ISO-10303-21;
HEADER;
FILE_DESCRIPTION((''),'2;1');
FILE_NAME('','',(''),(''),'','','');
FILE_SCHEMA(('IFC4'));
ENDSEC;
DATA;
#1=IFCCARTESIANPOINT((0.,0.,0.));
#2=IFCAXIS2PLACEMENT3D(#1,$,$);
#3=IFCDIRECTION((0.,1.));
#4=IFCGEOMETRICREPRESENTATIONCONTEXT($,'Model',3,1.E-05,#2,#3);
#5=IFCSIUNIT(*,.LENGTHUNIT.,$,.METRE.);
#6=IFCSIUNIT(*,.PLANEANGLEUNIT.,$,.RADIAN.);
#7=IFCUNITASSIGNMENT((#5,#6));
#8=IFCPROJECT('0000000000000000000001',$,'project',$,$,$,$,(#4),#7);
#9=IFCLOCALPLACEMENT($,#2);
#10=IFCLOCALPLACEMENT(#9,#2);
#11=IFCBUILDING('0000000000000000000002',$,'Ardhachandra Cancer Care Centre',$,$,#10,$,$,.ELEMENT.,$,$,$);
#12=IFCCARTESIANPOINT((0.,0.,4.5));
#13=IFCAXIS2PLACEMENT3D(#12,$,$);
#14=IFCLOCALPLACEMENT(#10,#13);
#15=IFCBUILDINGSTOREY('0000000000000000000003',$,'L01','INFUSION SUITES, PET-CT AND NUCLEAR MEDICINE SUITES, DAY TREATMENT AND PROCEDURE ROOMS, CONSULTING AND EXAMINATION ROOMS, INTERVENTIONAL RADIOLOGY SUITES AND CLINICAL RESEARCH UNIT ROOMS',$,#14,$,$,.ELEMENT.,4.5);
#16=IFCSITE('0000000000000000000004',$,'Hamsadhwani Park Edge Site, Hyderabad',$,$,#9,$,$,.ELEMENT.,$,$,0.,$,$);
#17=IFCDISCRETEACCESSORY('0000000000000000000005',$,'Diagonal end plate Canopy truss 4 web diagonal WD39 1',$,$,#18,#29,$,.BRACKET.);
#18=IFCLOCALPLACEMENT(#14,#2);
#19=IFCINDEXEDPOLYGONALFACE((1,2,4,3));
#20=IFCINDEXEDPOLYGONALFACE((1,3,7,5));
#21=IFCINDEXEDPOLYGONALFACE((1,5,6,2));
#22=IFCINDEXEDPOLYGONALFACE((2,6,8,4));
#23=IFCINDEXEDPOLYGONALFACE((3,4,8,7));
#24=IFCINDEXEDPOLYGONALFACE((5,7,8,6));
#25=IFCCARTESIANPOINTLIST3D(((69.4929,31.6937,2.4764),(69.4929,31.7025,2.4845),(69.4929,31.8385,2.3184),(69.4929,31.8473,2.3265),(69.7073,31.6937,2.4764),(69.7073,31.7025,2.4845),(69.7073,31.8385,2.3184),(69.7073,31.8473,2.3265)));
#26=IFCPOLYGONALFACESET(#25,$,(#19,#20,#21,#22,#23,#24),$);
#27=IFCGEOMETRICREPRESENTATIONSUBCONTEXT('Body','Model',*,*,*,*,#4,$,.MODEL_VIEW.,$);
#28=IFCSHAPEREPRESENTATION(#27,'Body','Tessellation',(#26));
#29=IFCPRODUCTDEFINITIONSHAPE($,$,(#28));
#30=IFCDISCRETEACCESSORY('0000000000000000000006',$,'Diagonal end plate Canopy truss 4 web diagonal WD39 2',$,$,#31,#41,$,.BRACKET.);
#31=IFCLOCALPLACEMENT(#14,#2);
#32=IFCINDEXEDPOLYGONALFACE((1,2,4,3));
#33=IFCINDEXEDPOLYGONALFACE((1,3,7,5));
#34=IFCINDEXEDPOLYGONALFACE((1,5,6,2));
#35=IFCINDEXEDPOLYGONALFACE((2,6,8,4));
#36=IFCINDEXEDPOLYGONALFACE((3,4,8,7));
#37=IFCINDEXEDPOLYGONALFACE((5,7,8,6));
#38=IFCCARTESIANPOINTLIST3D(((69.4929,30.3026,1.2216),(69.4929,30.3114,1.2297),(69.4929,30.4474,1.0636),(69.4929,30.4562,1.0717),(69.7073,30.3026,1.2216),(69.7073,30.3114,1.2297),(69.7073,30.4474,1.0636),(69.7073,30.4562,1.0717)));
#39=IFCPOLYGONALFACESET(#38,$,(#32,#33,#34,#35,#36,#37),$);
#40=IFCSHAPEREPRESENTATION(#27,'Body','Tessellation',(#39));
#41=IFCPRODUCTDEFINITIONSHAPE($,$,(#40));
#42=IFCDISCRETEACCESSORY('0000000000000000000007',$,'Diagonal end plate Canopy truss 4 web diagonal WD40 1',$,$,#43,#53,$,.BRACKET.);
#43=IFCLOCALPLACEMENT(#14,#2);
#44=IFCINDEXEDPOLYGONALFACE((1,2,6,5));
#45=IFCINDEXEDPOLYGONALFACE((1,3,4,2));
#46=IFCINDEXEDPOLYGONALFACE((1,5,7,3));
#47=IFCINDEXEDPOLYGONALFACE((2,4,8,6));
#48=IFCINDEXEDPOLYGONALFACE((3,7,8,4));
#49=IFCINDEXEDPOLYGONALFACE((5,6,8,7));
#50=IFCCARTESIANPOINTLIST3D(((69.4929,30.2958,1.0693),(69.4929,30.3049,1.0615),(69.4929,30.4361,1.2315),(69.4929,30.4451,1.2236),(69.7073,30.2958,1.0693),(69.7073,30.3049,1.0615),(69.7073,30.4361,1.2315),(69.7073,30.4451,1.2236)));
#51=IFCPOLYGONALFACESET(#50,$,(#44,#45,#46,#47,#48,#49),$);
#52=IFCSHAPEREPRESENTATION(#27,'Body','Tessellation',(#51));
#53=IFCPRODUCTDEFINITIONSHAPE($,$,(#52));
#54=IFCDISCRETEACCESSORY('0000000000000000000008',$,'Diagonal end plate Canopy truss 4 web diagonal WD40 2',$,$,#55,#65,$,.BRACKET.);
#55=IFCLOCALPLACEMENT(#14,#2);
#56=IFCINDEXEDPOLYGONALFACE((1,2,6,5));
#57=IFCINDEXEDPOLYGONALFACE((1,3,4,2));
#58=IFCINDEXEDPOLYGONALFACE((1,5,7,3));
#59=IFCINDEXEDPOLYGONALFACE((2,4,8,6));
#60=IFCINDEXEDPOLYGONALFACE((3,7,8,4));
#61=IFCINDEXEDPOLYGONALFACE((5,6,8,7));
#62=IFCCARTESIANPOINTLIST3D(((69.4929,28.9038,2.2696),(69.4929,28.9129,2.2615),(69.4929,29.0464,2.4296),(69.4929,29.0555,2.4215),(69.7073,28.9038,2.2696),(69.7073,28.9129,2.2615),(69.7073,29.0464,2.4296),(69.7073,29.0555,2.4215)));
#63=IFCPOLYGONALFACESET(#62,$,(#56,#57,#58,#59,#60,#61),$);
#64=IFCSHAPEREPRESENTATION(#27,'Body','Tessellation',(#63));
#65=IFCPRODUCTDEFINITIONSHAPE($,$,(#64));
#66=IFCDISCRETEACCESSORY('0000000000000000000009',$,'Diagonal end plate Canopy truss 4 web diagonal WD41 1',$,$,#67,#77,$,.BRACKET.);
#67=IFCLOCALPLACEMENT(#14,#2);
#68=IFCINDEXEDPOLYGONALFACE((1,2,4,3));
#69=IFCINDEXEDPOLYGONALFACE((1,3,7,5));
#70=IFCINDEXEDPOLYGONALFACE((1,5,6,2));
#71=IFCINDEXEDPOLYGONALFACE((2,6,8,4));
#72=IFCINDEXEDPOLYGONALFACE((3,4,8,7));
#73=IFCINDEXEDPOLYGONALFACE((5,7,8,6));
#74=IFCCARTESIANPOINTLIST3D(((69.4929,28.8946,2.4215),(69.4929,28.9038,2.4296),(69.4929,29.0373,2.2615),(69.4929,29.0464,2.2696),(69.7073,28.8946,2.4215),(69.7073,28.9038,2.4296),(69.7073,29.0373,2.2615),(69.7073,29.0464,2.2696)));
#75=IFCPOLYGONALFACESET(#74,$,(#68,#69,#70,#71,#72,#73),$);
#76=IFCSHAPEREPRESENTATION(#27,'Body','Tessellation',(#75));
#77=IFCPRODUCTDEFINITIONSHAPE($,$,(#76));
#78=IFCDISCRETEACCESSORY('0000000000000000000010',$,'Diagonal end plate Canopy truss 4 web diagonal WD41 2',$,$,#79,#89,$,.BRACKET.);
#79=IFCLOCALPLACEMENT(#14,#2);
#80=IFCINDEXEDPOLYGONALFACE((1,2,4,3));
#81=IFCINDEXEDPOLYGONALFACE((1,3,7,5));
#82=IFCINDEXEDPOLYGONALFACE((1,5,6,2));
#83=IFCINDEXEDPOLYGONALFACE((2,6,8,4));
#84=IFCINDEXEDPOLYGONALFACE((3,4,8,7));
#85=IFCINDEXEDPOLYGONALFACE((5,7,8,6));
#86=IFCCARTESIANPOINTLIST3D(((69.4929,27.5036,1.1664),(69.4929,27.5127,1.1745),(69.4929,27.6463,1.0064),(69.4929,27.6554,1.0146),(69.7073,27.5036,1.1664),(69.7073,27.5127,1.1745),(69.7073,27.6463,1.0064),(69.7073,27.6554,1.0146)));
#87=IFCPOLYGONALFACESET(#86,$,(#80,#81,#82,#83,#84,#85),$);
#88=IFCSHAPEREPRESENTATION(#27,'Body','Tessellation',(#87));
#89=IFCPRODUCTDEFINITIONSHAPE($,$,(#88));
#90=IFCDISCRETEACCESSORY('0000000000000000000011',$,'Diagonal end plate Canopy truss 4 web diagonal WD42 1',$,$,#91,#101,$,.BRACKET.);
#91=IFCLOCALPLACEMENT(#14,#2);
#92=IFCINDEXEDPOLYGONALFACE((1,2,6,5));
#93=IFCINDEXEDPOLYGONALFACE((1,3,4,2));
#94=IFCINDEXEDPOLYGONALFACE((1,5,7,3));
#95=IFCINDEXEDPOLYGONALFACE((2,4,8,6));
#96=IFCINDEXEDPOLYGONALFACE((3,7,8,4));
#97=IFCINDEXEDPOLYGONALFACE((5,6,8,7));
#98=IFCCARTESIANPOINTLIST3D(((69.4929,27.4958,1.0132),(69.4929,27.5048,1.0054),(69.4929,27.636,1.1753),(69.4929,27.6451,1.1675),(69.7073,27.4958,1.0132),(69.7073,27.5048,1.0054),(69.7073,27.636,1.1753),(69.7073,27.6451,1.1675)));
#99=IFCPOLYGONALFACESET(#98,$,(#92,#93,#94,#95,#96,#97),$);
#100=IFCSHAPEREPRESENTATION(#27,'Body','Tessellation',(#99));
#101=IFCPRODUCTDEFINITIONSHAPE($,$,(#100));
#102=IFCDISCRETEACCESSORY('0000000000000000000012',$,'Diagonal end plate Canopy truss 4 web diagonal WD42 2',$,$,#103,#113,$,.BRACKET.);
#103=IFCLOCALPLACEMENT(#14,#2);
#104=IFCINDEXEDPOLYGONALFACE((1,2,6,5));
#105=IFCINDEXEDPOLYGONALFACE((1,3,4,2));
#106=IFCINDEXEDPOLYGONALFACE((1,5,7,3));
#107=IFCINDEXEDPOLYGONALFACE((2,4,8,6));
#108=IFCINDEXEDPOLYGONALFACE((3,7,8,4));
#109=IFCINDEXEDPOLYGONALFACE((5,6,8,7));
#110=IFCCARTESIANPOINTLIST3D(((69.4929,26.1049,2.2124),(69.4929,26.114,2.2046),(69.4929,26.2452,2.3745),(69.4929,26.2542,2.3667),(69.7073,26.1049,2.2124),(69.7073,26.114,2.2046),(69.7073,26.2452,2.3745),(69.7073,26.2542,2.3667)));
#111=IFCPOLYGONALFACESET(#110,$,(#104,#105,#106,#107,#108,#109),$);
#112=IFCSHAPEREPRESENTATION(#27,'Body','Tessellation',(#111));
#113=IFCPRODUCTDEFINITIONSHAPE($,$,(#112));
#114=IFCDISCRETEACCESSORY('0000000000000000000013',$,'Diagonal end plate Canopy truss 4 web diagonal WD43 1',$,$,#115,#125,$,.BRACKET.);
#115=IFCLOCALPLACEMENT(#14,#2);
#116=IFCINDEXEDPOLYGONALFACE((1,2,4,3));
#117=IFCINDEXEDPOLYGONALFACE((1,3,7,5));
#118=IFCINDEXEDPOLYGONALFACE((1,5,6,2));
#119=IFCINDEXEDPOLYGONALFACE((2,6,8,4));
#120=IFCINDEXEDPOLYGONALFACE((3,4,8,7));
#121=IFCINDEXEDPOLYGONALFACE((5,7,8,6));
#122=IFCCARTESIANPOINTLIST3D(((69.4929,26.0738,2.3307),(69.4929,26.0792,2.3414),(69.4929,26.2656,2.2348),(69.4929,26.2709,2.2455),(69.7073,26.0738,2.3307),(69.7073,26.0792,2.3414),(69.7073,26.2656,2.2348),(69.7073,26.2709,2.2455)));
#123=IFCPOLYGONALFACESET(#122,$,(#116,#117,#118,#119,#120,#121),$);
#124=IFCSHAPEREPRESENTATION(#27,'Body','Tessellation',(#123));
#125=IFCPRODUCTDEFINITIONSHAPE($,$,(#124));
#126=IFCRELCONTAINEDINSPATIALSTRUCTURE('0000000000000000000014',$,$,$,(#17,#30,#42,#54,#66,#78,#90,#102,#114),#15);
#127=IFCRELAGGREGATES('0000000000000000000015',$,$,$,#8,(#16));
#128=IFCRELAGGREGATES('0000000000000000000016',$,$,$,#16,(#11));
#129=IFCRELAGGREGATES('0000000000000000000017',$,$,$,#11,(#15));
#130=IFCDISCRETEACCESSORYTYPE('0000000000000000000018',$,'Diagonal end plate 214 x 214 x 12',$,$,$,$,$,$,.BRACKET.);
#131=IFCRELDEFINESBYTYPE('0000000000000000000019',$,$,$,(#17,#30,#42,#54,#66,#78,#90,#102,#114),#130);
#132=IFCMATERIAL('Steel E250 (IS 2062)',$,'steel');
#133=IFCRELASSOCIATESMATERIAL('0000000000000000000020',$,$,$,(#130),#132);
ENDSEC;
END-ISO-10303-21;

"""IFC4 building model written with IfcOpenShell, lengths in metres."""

from ifc_helpers import new_model, si_unit, direction, frame, origin, origin_2d, place, context, subcontext, project, spatial, rectangle, extrude, material, material_profile, profile_set, type_object, element, save


model = new_model("IFC4")

# Units and contexts
model_context = context("Model", 3, precision=1e-05, world=origin(), true_north=direction((0.0, 1.0)))
body_context = subcontext(model_context, "Body", "Model", "MODEL_VIEW")
ifc_project = project(units=[si_unit("LENGTHUNIT", "METRE"), si_unit("PLANEANGLEUNIT", "RADIAN")], contexts=[model_context])

# Site, building, storey
site_placement = place(None, origin())
site = spatial("IfcSite", under=ifc_project, at=site_placement, Name="Hamsadhwani Park Edge Site, Hyderabad", CompositionType="ELEMENT", RefElevation=0.0)
building_placement = place(site_placement, origin())
building = spatial("IfcBuilding", under=site, at=building_placement, Name="Ardhachandra Cancer Care Centre", CompositionType="ELEMENT")
storey_placement = place(building_placement, frame((0.0, 0.0, 4.5)))
storey = spatial("IfcBuildingStorey", under=building, at=storey_placement, Name="L01", Description="INFUSION SUITES, PET-CT AND NUCLEAR MEDICINE SUITES, DAY TREATMENT AND PROCEDURE ROOMS, CONSULTING AND EXAMINATION ROOMS, INTERVENTIONAL RADIOLOGY SUITES AND CLINICAL RESEARCH UNIT ROOMS", CompositionType="ELEMENT", Elevation=4.5)

# Discrete accessories
ifc_material_1 = material(Name="Steel E250 (IS 2062)", Category="steel")
ifc_material_profile_1 = material_profile(ifc_material_1, rectangle(XDim=0.2144, YDim=0.2144, at=origin_2d()), Name="PL 214x214x12")
ifc_profile_set_1 = profile_set([ifc_material_profile_1], Name="Steel E250 (IS 2062)")
discrete_accessory_type = type_object("IfcDiscreteAccessoryType", Name="Diagonal end plate 214 x 214 x 12", PredefinedType="BRACKET", material=ifc_profile_set_1)
for number, where, z_axis, x_axis, name in (
    (1, (69.6001, 31.7749, 2.4055), (0.0, -0.737154, -0.675725), (1.0, 0.0, 0.0), "Diagonal end plate Canopy truss 4 web diagonal WD39 1"),
    (2, (69.6001, 30.375, 1.1426), (0.0, 0.737154, 0.675725), (-1.0, 0.0, 0.0), "Diagonal end plate Canopy truss 4 web diagonal WD39 2"),
    (3, (69.6001, 30.375, 1.1426), (0.0, -0.756363, 0.654152), (1.0, 0.0, 0.0), "Diagonal end plate Canopy truss 4 web diagonal WD40 1"),
):
    element("IfcDiscreteAccessory", number, at=place(storey_placement, frame(where, z_axis=z_axis, x_axis=x_axis)), inside=storey, type_object=discrete_accessory_type, Name=name, PredefinedType="BRACKET", context=body_context, shape_type="SweptSolid", body=[
        extrude(rectangle(XDim=0.2144, YDim=0.2144, at=origin_2d()), origin(), (0.0, 0.0, 1.0), 0.012),
    ])
for number, where, z_axis, x_axis, name in (
    (4, (69.6001, 28.9751, 2.3496), (0.0, 0.746295, -0.665615), (-1.0, 0.0, 0.0), "Diagonal end plate Canopy truss 4 web diagonal WD40 2"),
    (5, (69.6001, 28.9751, 2.3496), (0.0, -0.746295, -0.665615), (1.0, 0.0, 0.0), "Diagonal end plate Canopy truss 4 web diagonal WD41 1"),
    (6, (69.6001, 27.575, 1.0864), (0.0, 0.746295, 0.665615), (-1.0, 0.0, 0.0), "Diagonal end plate Canopy truss 4 web diagonal WD41 2"),
):
    element("IfcDiscreteAccessory", number, at=place(storey_placement, frame(where, z_axis=z_axis, x_axis=x_axis)), inside=storey, type_object=discrete_accessory_type, Name=name, PredefinedType="BRACKET", context=body_context, shape_type="SweptSolid", body=[
        extrude(rectangle(XDim=0.2144, YDim=0.2144, at=origin_2d()), origin(), (0.0, 0.0, 1.0), 0.0122),
    ])
for number, where, z_axis, x_axis, name in (
    (7, (69.6001, 27.575, 1.0864), (0.0, -0.756363, 0.654152), (1.0, 0.0, 0.0), "Diagonal end plate Canopy truss 4 web diagonal WD42 1"),
    (8, (69.6001, 26.175, 2.2935), (0.0, 0.756363, -0.654152), (-1.0, 0.0, 0.0), "Diagonal end plate Canopy truss 4 web diagonal WD42 2"),
    (9, (69.6001, 26.175, 2.2935), (0.0, -0.447214, -0.894427), (1.0, 0.0, 0.0), "Diagonal end plate Canopy truss 4 web diagonal WD43 1"),
):
    element("IfcDiscreteAccessory", number, at=place(storey_placement, frame(where, z_axis=z_axis, x_axis=x_axis)), inside=storey, type_object=discrete_accessory_type, Name=name, PredefinedType="BRACKET", context=body_context, shape_type="SweptSolid", body=[
        extrude(rectangle(XDim=0.2144, YDim=0.2144, at=origin_2d()), origin(), (0.0, 0.0, 1.0), 0.012),
    ])

save(model, "model.ifc")
